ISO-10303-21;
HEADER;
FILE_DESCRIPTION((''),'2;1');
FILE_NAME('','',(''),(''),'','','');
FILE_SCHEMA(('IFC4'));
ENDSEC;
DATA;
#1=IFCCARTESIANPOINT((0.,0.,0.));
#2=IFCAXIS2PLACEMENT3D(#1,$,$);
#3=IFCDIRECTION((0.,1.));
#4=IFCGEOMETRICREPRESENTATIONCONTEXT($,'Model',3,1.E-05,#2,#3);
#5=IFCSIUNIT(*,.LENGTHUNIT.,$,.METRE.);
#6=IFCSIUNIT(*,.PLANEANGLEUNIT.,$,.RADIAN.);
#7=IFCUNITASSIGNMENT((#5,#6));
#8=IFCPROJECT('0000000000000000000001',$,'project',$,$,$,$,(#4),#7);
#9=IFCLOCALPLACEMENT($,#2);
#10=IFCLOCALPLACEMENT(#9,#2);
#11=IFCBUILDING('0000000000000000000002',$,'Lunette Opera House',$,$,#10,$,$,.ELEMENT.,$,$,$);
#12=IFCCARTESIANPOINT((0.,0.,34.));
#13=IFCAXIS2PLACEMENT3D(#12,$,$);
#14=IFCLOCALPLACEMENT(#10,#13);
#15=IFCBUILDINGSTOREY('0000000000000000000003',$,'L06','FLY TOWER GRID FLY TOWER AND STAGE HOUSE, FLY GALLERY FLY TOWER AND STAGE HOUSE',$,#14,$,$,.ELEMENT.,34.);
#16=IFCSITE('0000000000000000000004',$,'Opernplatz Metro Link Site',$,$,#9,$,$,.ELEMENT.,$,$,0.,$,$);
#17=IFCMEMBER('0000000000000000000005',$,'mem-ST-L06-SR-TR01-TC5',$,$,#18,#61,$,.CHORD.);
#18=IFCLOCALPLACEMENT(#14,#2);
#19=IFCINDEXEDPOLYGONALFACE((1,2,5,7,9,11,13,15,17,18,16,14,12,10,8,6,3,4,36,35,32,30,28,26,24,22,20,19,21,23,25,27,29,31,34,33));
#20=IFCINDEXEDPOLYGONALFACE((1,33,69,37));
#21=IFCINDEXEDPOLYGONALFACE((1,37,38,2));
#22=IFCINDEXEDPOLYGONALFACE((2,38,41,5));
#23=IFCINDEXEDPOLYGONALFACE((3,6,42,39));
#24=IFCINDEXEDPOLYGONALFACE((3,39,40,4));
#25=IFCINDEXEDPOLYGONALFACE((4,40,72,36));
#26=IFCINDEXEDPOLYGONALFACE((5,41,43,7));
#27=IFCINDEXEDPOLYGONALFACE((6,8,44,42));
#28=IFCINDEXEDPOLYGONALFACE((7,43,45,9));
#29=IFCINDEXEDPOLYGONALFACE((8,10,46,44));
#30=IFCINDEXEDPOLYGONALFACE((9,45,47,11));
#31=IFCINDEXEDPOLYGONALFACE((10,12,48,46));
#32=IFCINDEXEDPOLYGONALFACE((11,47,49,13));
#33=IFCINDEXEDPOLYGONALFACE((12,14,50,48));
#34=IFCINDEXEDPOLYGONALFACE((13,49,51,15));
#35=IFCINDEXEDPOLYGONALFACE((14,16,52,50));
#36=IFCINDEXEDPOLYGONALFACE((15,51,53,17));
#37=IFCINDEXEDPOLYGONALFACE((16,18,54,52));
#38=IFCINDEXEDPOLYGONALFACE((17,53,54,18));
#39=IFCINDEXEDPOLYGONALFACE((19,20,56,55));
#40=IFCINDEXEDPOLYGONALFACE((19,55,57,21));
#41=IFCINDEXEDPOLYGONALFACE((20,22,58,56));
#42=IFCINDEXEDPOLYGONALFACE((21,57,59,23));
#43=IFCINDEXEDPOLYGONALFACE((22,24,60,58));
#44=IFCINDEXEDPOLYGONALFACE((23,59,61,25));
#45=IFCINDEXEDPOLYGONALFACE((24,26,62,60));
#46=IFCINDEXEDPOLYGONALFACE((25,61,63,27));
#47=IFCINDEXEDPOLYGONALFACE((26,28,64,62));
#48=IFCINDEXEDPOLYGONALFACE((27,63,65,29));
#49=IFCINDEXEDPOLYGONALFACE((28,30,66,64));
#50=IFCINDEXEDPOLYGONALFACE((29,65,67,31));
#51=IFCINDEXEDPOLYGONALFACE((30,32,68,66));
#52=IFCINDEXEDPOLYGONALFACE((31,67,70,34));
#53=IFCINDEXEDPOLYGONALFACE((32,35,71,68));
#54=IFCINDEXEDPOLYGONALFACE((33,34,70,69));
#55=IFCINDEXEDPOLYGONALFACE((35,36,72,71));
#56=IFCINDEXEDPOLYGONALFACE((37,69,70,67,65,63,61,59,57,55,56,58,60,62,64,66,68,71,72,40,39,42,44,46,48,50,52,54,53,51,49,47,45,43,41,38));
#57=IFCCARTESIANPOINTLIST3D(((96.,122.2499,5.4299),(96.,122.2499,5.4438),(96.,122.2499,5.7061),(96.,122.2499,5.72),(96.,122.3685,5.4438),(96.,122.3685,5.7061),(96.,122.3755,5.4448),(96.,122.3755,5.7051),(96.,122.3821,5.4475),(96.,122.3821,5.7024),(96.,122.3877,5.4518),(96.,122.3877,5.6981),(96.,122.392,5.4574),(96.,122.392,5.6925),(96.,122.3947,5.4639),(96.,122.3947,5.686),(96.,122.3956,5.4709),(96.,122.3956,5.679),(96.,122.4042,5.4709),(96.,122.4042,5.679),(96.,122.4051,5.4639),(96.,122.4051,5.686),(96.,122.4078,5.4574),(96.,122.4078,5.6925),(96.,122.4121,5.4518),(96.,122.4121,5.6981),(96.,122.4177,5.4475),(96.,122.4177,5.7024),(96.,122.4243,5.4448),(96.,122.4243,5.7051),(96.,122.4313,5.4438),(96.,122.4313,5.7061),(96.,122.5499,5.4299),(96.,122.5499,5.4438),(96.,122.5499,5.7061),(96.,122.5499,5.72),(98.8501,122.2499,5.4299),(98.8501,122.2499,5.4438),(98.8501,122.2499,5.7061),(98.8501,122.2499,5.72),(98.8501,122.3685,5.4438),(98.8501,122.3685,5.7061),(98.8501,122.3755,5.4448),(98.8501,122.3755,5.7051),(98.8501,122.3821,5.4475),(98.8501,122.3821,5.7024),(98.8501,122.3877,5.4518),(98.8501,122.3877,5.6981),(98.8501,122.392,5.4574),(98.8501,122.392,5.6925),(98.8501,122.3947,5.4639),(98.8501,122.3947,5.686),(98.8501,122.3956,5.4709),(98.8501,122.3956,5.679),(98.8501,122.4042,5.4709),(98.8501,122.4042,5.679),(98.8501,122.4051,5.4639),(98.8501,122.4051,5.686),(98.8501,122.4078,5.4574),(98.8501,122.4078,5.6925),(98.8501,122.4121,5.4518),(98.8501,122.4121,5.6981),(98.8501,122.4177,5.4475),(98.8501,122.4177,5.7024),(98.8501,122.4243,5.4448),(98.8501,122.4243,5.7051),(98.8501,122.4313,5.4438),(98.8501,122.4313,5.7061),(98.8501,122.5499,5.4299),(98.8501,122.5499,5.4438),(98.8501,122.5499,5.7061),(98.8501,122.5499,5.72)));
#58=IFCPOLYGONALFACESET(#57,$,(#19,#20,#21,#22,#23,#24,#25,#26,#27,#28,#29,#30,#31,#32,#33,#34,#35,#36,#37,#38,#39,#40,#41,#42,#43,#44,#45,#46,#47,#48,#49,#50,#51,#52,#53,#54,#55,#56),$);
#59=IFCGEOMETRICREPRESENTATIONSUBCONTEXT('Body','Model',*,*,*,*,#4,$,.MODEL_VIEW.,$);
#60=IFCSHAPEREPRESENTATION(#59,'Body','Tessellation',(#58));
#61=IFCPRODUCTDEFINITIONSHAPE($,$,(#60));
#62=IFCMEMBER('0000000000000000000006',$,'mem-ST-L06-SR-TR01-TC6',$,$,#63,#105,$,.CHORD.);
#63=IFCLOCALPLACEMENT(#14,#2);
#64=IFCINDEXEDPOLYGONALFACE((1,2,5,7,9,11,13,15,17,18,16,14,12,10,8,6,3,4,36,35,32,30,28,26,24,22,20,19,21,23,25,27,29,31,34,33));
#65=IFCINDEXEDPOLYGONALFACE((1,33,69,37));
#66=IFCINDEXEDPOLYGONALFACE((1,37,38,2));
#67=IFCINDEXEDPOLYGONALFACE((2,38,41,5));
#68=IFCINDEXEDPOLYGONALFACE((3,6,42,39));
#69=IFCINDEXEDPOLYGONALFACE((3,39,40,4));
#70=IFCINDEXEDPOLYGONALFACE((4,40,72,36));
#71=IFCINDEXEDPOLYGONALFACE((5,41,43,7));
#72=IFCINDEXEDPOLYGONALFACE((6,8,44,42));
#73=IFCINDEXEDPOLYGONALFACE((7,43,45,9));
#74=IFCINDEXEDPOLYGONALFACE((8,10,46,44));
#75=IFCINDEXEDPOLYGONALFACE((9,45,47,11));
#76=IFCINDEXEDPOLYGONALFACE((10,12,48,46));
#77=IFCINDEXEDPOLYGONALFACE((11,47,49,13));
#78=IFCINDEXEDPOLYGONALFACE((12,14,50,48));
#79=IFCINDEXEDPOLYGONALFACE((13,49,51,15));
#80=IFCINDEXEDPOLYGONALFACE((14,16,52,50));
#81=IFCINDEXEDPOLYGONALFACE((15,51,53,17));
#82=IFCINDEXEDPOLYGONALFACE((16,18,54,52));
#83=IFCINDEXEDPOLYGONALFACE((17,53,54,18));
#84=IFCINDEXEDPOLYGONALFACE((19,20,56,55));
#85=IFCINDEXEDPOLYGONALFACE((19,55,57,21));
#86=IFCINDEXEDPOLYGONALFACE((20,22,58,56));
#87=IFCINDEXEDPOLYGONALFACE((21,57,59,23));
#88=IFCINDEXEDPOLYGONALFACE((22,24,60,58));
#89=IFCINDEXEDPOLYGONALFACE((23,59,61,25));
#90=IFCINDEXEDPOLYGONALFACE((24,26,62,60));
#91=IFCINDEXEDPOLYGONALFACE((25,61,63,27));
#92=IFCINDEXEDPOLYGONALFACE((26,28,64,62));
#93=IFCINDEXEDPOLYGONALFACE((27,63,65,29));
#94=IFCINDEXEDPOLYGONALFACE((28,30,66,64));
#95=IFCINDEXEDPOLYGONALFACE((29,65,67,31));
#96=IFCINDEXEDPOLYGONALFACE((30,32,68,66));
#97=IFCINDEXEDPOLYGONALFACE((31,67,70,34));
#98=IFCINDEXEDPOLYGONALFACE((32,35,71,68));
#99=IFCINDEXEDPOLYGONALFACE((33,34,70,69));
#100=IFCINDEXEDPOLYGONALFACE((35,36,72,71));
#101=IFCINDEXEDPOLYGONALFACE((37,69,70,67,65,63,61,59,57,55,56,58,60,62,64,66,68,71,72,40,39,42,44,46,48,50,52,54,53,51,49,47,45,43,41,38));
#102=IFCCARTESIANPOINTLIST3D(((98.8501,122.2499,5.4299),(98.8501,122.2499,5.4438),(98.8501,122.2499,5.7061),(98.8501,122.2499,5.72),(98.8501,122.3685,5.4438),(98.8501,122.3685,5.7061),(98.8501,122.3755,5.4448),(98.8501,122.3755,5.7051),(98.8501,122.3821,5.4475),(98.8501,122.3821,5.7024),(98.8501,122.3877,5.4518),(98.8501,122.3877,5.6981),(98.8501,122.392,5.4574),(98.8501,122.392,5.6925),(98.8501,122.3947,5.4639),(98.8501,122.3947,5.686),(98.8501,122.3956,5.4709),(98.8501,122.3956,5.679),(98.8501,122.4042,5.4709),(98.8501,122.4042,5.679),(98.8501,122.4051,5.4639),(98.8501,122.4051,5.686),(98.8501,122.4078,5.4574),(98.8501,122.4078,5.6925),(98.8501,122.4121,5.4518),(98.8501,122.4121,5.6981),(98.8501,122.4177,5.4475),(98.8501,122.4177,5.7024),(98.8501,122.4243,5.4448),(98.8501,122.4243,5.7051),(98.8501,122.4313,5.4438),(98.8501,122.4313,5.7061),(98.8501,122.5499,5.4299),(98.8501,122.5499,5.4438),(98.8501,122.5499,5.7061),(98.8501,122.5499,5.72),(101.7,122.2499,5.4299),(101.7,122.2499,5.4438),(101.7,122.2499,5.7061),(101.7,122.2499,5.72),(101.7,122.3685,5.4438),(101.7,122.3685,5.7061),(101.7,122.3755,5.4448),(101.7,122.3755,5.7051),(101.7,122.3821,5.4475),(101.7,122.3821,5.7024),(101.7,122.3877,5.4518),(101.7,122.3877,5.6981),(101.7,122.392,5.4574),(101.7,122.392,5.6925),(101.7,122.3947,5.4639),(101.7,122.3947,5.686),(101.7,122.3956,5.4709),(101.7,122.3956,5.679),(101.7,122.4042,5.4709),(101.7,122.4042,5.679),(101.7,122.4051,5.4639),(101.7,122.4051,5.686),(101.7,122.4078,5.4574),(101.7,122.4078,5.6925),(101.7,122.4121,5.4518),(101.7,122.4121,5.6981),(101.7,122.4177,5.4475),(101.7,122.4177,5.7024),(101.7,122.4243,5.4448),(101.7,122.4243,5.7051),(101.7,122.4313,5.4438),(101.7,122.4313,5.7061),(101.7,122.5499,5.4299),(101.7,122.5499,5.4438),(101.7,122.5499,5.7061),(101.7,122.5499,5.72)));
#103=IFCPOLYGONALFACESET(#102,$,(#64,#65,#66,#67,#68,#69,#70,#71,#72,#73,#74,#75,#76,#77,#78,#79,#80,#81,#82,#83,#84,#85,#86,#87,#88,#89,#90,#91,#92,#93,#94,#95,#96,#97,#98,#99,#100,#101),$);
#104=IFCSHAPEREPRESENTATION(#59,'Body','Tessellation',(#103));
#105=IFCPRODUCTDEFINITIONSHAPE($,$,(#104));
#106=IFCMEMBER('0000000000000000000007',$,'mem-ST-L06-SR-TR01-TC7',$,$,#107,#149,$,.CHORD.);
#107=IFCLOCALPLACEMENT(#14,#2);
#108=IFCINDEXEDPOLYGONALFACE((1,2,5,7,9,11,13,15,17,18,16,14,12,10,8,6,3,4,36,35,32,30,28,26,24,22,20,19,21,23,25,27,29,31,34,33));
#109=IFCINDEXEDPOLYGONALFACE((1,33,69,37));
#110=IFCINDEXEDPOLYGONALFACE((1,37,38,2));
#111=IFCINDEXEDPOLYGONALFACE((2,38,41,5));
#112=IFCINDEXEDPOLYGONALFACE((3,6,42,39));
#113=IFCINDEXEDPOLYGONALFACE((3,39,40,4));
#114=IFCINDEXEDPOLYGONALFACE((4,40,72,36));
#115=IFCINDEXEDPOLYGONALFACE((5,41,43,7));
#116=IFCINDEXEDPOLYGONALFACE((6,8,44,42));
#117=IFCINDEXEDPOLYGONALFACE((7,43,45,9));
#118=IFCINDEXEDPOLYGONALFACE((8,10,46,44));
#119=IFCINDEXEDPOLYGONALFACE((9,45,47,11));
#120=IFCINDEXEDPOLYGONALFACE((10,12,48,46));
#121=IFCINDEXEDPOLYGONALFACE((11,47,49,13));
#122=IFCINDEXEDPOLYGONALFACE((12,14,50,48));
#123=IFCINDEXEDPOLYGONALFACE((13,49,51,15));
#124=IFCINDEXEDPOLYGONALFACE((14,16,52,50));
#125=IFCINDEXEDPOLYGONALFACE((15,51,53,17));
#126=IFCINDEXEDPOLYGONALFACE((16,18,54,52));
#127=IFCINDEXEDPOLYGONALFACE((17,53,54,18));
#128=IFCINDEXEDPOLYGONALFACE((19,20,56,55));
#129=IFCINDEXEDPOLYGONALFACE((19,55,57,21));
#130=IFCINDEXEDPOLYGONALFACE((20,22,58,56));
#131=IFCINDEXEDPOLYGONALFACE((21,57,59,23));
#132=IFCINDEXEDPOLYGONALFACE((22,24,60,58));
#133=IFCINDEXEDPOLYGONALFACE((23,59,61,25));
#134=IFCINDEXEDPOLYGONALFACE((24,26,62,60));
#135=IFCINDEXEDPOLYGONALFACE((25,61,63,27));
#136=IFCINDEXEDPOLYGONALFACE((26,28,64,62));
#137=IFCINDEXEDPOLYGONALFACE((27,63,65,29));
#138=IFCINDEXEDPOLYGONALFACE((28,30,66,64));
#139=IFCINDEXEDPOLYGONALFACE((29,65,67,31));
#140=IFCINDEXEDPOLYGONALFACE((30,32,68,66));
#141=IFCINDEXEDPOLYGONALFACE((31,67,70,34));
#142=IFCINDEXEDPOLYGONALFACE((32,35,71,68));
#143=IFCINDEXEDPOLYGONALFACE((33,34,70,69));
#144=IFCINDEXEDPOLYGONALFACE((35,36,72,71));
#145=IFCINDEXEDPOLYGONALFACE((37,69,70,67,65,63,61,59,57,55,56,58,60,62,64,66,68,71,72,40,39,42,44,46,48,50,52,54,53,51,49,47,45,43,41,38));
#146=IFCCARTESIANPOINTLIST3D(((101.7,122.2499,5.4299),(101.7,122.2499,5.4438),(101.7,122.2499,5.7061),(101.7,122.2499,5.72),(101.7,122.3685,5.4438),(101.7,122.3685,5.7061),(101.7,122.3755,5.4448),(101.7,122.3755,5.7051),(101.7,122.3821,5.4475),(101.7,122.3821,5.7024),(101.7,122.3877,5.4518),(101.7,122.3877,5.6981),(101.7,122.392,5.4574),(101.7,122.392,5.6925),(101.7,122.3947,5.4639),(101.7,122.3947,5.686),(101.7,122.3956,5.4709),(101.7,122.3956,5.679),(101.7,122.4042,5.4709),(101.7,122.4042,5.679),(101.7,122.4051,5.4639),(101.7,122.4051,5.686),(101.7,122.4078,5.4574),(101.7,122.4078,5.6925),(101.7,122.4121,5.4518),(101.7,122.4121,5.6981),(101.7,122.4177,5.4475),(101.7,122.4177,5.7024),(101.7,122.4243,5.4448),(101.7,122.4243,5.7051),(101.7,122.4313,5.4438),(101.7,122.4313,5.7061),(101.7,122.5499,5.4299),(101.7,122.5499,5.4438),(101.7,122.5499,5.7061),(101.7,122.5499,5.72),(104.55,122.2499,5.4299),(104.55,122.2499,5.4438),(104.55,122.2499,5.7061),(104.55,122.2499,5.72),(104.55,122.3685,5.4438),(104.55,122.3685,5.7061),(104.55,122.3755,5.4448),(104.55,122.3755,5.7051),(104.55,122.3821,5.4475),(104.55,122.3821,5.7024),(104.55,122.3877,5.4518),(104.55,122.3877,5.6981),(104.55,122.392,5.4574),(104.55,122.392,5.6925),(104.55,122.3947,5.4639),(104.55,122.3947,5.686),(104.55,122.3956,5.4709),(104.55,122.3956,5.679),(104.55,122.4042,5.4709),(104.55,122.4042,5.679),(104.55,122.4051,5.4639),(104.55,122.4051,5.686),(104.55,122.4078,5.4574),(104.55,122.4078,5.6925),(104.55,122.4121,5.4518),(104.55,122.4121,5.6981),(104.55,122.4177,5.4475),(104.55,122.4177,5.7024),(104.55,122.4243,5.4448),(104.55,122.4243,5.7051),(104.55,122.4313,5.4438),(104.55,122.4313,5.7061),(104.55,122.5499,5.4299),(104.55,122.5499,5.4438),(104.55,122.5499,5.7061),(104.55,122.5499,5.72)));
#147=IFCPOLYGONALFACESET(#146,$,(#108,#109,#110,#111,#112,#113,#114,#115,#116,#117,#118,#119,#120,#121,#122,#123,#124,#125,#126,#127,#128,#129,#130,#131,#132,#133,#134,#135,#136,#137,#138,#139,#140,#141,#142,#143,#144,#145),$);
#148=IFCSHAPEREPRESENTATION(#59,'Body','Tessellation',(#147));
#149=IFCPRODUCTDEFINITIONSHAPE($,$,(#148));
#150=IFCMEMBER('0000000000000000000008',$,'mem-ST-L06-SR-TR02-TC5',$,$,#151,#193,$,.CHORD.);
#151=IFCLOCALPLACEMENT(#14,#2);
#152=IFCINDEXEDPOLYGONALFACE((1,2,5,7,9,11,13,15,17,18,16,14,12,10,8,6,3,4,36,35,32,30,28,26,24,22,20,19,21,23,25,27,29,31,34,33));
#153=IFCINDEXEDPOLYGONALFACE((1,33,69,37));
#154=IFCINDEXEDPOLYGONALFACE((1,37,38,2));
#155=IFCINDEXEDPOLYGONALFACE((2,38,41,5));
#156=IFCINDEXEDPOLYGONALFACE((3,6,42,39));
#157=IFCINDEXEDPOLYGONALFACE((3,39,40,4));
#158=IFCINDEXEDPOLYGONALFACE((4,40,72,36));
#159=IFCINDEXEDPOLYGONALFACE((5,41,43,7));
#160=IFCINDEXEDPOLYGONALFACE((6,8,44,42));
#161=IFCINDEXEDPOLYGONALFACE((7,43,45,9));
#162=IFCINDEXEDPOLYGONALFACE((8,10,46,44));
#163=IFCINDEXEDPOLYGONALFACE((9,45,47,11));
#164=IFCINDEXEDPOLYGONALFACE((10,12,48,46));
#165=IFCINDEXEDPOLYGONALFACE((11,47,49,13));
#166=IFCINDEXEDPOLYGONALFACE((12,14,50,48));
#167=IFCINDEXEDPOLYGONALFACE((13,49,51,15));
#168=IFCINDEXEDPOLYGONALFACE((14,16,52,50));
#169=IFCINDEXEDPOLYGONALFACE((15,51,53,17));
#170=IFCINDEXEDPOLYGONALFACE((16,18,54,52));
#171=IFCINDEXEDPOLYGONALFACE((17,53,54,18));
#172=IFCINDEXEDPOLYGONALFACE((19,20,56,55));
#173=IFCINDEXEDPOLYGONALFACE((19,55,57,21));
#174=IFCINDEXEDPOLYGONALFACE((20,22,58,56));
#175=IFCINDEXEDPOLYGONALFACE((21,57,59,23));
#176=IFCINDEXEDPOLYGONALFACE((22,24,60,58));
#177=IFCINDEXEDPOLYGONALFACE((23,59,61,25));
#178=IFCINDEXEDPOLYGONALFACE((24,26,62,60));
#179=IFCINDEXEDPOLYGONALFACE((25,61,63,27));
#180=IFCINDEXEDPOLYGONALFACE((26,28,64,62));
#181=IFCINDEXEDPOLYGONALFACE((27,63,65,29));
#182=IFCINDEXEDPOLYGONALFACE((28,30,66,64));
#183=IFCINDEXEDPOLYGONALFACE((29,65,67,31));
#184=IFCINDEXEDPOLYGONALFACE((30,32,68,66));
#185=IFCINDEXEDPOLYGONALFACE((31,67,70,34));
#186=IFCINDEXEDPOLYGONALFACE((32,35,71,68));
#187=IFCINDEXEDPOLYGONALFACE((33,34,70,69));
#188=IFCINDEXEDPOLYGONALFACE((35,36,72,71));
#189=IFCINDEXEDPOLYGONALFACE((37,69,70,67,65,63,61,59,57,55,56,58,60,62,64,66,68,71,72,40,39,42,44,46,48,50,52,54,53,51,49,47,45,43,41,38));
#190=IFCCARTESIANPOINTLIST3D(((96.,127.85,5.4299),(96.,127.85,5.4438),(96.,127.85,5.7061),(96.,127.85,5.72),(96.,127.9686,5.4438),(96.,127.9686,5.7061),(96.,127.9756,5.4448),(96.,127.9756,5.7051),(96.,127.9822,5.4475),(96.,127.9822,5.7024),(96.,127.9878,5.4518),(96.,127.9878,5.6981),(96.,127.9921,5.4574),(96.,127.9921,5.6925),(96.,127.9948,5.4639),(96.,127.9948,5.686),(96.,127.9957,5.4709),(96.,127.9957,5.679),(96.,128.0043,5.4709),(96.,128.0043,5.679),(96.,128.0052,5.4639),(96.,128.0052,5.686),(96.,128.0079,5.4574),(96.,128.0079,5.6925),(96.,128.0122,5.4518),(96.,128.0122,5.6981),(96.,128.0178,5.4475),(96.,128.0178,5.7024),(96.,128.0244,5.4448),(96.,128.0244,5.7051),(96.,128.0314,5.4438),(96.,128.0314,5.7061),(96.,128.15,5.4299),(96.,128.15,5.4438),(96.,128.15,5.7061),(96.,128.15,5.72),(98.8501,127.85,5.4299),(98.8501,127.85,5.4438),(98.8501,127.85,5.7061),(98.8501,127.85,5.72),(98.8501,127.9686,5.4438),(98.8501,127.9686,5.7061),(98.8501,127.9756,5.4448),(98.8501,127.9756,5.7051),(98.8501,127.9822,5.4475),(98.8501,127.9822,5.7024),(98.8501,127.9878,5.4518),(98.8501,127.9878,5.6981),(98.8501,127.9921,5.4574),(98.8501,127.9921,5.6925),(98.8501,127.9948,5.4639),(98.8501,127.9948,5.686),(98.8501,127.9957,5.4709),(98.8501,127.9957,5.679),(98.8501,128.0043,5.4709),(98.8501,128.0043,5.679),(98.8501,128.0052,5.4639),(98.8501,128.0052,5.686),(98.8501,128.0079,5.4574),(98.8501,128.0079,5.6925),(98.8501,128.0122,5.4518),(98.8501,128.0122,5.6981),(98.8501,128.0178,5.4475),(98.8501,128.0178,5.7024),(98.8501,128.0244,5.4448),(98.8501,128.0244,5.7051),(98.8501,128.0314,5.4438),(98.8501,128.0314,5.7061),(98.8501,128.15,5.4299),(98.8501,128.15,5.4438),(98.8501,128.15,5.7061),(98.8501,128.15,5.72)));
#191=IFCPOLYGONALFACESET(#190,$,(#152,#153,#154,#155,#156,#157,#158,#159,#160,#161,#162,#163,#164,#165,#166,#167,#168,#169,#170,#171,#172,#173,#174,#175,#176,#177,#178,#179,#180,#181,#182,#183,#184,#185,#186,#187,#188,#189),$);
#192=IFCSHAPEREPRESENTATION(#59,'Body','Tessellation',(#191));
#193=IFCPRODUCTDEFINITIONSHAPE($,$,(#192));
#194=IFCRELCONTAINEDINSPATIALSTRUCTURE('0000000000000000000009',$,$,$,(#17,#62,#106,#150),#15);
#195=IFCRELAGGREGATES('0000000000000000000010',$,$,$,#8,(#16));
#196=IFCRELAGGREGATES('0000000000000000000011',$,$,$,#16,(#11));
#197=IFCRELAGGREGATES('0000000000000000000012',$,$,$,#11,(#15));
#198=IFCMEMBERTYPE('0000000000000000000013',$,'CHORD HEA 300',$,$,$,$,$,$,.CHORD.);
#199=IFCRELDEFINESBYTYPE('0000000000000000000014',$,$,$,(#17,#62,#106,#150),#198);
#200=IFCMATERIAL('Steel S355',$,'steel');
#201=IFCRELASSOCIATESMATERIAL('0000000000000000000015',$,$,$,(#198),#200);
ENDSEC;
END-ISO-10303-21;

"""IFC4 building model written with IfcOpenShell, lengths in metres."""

from ifc_helpers import new_model, si_unit, direction, frame, origin, origin_2d, place, context, subcontext, project, spatial, i_section, extrude, material, material_profile, profile_set, type_object, element, save


model = new_model("IFC4")

# Units and contexts
model_context = context("Model", 3, precision=1e-05, world=origin(), true_north=direction((0.0, 1.0)))
body_context = subcontext(model_context, "Body", "Model", "MODEL_VIEW")
ifc_project = project(units=[si_unit("LENGTHUNIT", "METRE"), si_unit("PLANEANGLEUNIT", "RADIAN")], contexts=[model_context])

# Site, building, storey
site_placement = place(None, origin())
site = spatial("IfcSite", under=ifc_project, at=site_placement, Name="Opernplatz Metro Link Site", CompositionType="ELEMENT", RefElevation=0.0)
building_placement = place(site_placement, origin())
building = spatial("IfcBuilding", under=site, at=building_placement, Name="Lunette Opera House", CompositionType="ELEMENT")
storey_placement = place(building_placement, frame((0.0, 0.0, 34.0)))
storey = spatial("IfcBuildingStorey", under=building, at=storey_placement, Name="L06", Description="FLY TOWER GRID FLY TOWER AND STAGE HOUSE, FLY GALLERY FLY TOWER AND STAGE HOUSE", CompositionType="ELEMENT", Elevation=34.0)

# Members
ifc_material_1 = material(Name="Steel S355", Category="steel")
ifc_material_profile_1 = material_profile(ifc_material_1, i_section(OverallWidth=0.3, OverallDepth=0.29, WebThickness=0.0085, FlangeThickness=0.0139, FilletRadius=0.0271, at=origin_2d()), Name="HEA 300")
ifc_profile_set_1 = profile_set([ifc_material_profile_1], Name="Steel S355")
member_type_1 = type_object("IfcMemberType", Name="CHORD HEA 300", PredefinedType="CHORD", material=ifc_profile_set_1)
member_1_placement = place(storey_placement, frame((96.0, 122.3999, 5.575), z_axis=(1.0, 0.0, 0.0), x_axis=(0.0, 1.0, 0.0)))
element("IfcMember", 1, at=member_1_placement, inside=storey, type_object=member_type_1, Name="mem-ST-L06-SR-TR01-TC5", PredefinedType="CHORD", context=body_context, shape_type="SweptSolid", body=[
    extrude(i_section(OverallWidth=0.3, OverallDepth=0.29, WebThickness=0.0085, FlangeThickness=0.0139, FilletRadius=0.0271, at=origin_2d()), origin(), (0.0, 0.0, 1.0), 2.8501),
])
member_2_placement = place(storey_placement, frame((98.8501, 122.3999, 5.575), z_axis=(1.0, 0.0, 0.0), x_axis=(0.0, 1.0, 0.0)))
element("IfcMember", 2, at=member_2_placement, inside=storey, type_object=member_type_1, Name="mem-ST-L06-SR-TR01-TC6", PredefinedType="CHORD", context=body_context, shape_type="SweptSolid", body=[
    extrude(i_section(OverallWidth=0.3, OverallDepth=0.29, WebThickness=0.0085, FlangeThickness=0.0139, FilletRadius=0.0271, at=origin_2d()), origin(), (0.0, 0.0, 1.0), 2.8499),
])
for number, where, z_axis, x_axis, name in (
    (3, (101.7, 122.3999, 5.575), (1.0, 0.0, 0.0), (0.0, 1.0, 0.0), "mem-ST-L06-SR-TR01-TC7"),
    (4, (96.0, 128.0, 5.575), (1.0, 0.0, 0.0), (0.0, 1.0, 0.0), "mem-ST-L06-SR-TR02-TC5"),
):
    element("IfcMember", number, at=place(storey_placement, frame(where, z_axis=z_axis, x_axis=x_axis)), inside=storey, type_object=member_type_1, Name=name, PredefinedType="CHORD", context=body_context, shape_type="SweptSolid", body=[
        extrude(i_section(OverallWidth=0.3, OverallDepth=0.29, WebThickness=0.0085, FlangeThickness=0.0139, FilletRadius=0.0271, at=origin_2d()), origin(), (0.0, 0.0, 1.0), 2.8501),
    ])

save(model, "model.ifc")
